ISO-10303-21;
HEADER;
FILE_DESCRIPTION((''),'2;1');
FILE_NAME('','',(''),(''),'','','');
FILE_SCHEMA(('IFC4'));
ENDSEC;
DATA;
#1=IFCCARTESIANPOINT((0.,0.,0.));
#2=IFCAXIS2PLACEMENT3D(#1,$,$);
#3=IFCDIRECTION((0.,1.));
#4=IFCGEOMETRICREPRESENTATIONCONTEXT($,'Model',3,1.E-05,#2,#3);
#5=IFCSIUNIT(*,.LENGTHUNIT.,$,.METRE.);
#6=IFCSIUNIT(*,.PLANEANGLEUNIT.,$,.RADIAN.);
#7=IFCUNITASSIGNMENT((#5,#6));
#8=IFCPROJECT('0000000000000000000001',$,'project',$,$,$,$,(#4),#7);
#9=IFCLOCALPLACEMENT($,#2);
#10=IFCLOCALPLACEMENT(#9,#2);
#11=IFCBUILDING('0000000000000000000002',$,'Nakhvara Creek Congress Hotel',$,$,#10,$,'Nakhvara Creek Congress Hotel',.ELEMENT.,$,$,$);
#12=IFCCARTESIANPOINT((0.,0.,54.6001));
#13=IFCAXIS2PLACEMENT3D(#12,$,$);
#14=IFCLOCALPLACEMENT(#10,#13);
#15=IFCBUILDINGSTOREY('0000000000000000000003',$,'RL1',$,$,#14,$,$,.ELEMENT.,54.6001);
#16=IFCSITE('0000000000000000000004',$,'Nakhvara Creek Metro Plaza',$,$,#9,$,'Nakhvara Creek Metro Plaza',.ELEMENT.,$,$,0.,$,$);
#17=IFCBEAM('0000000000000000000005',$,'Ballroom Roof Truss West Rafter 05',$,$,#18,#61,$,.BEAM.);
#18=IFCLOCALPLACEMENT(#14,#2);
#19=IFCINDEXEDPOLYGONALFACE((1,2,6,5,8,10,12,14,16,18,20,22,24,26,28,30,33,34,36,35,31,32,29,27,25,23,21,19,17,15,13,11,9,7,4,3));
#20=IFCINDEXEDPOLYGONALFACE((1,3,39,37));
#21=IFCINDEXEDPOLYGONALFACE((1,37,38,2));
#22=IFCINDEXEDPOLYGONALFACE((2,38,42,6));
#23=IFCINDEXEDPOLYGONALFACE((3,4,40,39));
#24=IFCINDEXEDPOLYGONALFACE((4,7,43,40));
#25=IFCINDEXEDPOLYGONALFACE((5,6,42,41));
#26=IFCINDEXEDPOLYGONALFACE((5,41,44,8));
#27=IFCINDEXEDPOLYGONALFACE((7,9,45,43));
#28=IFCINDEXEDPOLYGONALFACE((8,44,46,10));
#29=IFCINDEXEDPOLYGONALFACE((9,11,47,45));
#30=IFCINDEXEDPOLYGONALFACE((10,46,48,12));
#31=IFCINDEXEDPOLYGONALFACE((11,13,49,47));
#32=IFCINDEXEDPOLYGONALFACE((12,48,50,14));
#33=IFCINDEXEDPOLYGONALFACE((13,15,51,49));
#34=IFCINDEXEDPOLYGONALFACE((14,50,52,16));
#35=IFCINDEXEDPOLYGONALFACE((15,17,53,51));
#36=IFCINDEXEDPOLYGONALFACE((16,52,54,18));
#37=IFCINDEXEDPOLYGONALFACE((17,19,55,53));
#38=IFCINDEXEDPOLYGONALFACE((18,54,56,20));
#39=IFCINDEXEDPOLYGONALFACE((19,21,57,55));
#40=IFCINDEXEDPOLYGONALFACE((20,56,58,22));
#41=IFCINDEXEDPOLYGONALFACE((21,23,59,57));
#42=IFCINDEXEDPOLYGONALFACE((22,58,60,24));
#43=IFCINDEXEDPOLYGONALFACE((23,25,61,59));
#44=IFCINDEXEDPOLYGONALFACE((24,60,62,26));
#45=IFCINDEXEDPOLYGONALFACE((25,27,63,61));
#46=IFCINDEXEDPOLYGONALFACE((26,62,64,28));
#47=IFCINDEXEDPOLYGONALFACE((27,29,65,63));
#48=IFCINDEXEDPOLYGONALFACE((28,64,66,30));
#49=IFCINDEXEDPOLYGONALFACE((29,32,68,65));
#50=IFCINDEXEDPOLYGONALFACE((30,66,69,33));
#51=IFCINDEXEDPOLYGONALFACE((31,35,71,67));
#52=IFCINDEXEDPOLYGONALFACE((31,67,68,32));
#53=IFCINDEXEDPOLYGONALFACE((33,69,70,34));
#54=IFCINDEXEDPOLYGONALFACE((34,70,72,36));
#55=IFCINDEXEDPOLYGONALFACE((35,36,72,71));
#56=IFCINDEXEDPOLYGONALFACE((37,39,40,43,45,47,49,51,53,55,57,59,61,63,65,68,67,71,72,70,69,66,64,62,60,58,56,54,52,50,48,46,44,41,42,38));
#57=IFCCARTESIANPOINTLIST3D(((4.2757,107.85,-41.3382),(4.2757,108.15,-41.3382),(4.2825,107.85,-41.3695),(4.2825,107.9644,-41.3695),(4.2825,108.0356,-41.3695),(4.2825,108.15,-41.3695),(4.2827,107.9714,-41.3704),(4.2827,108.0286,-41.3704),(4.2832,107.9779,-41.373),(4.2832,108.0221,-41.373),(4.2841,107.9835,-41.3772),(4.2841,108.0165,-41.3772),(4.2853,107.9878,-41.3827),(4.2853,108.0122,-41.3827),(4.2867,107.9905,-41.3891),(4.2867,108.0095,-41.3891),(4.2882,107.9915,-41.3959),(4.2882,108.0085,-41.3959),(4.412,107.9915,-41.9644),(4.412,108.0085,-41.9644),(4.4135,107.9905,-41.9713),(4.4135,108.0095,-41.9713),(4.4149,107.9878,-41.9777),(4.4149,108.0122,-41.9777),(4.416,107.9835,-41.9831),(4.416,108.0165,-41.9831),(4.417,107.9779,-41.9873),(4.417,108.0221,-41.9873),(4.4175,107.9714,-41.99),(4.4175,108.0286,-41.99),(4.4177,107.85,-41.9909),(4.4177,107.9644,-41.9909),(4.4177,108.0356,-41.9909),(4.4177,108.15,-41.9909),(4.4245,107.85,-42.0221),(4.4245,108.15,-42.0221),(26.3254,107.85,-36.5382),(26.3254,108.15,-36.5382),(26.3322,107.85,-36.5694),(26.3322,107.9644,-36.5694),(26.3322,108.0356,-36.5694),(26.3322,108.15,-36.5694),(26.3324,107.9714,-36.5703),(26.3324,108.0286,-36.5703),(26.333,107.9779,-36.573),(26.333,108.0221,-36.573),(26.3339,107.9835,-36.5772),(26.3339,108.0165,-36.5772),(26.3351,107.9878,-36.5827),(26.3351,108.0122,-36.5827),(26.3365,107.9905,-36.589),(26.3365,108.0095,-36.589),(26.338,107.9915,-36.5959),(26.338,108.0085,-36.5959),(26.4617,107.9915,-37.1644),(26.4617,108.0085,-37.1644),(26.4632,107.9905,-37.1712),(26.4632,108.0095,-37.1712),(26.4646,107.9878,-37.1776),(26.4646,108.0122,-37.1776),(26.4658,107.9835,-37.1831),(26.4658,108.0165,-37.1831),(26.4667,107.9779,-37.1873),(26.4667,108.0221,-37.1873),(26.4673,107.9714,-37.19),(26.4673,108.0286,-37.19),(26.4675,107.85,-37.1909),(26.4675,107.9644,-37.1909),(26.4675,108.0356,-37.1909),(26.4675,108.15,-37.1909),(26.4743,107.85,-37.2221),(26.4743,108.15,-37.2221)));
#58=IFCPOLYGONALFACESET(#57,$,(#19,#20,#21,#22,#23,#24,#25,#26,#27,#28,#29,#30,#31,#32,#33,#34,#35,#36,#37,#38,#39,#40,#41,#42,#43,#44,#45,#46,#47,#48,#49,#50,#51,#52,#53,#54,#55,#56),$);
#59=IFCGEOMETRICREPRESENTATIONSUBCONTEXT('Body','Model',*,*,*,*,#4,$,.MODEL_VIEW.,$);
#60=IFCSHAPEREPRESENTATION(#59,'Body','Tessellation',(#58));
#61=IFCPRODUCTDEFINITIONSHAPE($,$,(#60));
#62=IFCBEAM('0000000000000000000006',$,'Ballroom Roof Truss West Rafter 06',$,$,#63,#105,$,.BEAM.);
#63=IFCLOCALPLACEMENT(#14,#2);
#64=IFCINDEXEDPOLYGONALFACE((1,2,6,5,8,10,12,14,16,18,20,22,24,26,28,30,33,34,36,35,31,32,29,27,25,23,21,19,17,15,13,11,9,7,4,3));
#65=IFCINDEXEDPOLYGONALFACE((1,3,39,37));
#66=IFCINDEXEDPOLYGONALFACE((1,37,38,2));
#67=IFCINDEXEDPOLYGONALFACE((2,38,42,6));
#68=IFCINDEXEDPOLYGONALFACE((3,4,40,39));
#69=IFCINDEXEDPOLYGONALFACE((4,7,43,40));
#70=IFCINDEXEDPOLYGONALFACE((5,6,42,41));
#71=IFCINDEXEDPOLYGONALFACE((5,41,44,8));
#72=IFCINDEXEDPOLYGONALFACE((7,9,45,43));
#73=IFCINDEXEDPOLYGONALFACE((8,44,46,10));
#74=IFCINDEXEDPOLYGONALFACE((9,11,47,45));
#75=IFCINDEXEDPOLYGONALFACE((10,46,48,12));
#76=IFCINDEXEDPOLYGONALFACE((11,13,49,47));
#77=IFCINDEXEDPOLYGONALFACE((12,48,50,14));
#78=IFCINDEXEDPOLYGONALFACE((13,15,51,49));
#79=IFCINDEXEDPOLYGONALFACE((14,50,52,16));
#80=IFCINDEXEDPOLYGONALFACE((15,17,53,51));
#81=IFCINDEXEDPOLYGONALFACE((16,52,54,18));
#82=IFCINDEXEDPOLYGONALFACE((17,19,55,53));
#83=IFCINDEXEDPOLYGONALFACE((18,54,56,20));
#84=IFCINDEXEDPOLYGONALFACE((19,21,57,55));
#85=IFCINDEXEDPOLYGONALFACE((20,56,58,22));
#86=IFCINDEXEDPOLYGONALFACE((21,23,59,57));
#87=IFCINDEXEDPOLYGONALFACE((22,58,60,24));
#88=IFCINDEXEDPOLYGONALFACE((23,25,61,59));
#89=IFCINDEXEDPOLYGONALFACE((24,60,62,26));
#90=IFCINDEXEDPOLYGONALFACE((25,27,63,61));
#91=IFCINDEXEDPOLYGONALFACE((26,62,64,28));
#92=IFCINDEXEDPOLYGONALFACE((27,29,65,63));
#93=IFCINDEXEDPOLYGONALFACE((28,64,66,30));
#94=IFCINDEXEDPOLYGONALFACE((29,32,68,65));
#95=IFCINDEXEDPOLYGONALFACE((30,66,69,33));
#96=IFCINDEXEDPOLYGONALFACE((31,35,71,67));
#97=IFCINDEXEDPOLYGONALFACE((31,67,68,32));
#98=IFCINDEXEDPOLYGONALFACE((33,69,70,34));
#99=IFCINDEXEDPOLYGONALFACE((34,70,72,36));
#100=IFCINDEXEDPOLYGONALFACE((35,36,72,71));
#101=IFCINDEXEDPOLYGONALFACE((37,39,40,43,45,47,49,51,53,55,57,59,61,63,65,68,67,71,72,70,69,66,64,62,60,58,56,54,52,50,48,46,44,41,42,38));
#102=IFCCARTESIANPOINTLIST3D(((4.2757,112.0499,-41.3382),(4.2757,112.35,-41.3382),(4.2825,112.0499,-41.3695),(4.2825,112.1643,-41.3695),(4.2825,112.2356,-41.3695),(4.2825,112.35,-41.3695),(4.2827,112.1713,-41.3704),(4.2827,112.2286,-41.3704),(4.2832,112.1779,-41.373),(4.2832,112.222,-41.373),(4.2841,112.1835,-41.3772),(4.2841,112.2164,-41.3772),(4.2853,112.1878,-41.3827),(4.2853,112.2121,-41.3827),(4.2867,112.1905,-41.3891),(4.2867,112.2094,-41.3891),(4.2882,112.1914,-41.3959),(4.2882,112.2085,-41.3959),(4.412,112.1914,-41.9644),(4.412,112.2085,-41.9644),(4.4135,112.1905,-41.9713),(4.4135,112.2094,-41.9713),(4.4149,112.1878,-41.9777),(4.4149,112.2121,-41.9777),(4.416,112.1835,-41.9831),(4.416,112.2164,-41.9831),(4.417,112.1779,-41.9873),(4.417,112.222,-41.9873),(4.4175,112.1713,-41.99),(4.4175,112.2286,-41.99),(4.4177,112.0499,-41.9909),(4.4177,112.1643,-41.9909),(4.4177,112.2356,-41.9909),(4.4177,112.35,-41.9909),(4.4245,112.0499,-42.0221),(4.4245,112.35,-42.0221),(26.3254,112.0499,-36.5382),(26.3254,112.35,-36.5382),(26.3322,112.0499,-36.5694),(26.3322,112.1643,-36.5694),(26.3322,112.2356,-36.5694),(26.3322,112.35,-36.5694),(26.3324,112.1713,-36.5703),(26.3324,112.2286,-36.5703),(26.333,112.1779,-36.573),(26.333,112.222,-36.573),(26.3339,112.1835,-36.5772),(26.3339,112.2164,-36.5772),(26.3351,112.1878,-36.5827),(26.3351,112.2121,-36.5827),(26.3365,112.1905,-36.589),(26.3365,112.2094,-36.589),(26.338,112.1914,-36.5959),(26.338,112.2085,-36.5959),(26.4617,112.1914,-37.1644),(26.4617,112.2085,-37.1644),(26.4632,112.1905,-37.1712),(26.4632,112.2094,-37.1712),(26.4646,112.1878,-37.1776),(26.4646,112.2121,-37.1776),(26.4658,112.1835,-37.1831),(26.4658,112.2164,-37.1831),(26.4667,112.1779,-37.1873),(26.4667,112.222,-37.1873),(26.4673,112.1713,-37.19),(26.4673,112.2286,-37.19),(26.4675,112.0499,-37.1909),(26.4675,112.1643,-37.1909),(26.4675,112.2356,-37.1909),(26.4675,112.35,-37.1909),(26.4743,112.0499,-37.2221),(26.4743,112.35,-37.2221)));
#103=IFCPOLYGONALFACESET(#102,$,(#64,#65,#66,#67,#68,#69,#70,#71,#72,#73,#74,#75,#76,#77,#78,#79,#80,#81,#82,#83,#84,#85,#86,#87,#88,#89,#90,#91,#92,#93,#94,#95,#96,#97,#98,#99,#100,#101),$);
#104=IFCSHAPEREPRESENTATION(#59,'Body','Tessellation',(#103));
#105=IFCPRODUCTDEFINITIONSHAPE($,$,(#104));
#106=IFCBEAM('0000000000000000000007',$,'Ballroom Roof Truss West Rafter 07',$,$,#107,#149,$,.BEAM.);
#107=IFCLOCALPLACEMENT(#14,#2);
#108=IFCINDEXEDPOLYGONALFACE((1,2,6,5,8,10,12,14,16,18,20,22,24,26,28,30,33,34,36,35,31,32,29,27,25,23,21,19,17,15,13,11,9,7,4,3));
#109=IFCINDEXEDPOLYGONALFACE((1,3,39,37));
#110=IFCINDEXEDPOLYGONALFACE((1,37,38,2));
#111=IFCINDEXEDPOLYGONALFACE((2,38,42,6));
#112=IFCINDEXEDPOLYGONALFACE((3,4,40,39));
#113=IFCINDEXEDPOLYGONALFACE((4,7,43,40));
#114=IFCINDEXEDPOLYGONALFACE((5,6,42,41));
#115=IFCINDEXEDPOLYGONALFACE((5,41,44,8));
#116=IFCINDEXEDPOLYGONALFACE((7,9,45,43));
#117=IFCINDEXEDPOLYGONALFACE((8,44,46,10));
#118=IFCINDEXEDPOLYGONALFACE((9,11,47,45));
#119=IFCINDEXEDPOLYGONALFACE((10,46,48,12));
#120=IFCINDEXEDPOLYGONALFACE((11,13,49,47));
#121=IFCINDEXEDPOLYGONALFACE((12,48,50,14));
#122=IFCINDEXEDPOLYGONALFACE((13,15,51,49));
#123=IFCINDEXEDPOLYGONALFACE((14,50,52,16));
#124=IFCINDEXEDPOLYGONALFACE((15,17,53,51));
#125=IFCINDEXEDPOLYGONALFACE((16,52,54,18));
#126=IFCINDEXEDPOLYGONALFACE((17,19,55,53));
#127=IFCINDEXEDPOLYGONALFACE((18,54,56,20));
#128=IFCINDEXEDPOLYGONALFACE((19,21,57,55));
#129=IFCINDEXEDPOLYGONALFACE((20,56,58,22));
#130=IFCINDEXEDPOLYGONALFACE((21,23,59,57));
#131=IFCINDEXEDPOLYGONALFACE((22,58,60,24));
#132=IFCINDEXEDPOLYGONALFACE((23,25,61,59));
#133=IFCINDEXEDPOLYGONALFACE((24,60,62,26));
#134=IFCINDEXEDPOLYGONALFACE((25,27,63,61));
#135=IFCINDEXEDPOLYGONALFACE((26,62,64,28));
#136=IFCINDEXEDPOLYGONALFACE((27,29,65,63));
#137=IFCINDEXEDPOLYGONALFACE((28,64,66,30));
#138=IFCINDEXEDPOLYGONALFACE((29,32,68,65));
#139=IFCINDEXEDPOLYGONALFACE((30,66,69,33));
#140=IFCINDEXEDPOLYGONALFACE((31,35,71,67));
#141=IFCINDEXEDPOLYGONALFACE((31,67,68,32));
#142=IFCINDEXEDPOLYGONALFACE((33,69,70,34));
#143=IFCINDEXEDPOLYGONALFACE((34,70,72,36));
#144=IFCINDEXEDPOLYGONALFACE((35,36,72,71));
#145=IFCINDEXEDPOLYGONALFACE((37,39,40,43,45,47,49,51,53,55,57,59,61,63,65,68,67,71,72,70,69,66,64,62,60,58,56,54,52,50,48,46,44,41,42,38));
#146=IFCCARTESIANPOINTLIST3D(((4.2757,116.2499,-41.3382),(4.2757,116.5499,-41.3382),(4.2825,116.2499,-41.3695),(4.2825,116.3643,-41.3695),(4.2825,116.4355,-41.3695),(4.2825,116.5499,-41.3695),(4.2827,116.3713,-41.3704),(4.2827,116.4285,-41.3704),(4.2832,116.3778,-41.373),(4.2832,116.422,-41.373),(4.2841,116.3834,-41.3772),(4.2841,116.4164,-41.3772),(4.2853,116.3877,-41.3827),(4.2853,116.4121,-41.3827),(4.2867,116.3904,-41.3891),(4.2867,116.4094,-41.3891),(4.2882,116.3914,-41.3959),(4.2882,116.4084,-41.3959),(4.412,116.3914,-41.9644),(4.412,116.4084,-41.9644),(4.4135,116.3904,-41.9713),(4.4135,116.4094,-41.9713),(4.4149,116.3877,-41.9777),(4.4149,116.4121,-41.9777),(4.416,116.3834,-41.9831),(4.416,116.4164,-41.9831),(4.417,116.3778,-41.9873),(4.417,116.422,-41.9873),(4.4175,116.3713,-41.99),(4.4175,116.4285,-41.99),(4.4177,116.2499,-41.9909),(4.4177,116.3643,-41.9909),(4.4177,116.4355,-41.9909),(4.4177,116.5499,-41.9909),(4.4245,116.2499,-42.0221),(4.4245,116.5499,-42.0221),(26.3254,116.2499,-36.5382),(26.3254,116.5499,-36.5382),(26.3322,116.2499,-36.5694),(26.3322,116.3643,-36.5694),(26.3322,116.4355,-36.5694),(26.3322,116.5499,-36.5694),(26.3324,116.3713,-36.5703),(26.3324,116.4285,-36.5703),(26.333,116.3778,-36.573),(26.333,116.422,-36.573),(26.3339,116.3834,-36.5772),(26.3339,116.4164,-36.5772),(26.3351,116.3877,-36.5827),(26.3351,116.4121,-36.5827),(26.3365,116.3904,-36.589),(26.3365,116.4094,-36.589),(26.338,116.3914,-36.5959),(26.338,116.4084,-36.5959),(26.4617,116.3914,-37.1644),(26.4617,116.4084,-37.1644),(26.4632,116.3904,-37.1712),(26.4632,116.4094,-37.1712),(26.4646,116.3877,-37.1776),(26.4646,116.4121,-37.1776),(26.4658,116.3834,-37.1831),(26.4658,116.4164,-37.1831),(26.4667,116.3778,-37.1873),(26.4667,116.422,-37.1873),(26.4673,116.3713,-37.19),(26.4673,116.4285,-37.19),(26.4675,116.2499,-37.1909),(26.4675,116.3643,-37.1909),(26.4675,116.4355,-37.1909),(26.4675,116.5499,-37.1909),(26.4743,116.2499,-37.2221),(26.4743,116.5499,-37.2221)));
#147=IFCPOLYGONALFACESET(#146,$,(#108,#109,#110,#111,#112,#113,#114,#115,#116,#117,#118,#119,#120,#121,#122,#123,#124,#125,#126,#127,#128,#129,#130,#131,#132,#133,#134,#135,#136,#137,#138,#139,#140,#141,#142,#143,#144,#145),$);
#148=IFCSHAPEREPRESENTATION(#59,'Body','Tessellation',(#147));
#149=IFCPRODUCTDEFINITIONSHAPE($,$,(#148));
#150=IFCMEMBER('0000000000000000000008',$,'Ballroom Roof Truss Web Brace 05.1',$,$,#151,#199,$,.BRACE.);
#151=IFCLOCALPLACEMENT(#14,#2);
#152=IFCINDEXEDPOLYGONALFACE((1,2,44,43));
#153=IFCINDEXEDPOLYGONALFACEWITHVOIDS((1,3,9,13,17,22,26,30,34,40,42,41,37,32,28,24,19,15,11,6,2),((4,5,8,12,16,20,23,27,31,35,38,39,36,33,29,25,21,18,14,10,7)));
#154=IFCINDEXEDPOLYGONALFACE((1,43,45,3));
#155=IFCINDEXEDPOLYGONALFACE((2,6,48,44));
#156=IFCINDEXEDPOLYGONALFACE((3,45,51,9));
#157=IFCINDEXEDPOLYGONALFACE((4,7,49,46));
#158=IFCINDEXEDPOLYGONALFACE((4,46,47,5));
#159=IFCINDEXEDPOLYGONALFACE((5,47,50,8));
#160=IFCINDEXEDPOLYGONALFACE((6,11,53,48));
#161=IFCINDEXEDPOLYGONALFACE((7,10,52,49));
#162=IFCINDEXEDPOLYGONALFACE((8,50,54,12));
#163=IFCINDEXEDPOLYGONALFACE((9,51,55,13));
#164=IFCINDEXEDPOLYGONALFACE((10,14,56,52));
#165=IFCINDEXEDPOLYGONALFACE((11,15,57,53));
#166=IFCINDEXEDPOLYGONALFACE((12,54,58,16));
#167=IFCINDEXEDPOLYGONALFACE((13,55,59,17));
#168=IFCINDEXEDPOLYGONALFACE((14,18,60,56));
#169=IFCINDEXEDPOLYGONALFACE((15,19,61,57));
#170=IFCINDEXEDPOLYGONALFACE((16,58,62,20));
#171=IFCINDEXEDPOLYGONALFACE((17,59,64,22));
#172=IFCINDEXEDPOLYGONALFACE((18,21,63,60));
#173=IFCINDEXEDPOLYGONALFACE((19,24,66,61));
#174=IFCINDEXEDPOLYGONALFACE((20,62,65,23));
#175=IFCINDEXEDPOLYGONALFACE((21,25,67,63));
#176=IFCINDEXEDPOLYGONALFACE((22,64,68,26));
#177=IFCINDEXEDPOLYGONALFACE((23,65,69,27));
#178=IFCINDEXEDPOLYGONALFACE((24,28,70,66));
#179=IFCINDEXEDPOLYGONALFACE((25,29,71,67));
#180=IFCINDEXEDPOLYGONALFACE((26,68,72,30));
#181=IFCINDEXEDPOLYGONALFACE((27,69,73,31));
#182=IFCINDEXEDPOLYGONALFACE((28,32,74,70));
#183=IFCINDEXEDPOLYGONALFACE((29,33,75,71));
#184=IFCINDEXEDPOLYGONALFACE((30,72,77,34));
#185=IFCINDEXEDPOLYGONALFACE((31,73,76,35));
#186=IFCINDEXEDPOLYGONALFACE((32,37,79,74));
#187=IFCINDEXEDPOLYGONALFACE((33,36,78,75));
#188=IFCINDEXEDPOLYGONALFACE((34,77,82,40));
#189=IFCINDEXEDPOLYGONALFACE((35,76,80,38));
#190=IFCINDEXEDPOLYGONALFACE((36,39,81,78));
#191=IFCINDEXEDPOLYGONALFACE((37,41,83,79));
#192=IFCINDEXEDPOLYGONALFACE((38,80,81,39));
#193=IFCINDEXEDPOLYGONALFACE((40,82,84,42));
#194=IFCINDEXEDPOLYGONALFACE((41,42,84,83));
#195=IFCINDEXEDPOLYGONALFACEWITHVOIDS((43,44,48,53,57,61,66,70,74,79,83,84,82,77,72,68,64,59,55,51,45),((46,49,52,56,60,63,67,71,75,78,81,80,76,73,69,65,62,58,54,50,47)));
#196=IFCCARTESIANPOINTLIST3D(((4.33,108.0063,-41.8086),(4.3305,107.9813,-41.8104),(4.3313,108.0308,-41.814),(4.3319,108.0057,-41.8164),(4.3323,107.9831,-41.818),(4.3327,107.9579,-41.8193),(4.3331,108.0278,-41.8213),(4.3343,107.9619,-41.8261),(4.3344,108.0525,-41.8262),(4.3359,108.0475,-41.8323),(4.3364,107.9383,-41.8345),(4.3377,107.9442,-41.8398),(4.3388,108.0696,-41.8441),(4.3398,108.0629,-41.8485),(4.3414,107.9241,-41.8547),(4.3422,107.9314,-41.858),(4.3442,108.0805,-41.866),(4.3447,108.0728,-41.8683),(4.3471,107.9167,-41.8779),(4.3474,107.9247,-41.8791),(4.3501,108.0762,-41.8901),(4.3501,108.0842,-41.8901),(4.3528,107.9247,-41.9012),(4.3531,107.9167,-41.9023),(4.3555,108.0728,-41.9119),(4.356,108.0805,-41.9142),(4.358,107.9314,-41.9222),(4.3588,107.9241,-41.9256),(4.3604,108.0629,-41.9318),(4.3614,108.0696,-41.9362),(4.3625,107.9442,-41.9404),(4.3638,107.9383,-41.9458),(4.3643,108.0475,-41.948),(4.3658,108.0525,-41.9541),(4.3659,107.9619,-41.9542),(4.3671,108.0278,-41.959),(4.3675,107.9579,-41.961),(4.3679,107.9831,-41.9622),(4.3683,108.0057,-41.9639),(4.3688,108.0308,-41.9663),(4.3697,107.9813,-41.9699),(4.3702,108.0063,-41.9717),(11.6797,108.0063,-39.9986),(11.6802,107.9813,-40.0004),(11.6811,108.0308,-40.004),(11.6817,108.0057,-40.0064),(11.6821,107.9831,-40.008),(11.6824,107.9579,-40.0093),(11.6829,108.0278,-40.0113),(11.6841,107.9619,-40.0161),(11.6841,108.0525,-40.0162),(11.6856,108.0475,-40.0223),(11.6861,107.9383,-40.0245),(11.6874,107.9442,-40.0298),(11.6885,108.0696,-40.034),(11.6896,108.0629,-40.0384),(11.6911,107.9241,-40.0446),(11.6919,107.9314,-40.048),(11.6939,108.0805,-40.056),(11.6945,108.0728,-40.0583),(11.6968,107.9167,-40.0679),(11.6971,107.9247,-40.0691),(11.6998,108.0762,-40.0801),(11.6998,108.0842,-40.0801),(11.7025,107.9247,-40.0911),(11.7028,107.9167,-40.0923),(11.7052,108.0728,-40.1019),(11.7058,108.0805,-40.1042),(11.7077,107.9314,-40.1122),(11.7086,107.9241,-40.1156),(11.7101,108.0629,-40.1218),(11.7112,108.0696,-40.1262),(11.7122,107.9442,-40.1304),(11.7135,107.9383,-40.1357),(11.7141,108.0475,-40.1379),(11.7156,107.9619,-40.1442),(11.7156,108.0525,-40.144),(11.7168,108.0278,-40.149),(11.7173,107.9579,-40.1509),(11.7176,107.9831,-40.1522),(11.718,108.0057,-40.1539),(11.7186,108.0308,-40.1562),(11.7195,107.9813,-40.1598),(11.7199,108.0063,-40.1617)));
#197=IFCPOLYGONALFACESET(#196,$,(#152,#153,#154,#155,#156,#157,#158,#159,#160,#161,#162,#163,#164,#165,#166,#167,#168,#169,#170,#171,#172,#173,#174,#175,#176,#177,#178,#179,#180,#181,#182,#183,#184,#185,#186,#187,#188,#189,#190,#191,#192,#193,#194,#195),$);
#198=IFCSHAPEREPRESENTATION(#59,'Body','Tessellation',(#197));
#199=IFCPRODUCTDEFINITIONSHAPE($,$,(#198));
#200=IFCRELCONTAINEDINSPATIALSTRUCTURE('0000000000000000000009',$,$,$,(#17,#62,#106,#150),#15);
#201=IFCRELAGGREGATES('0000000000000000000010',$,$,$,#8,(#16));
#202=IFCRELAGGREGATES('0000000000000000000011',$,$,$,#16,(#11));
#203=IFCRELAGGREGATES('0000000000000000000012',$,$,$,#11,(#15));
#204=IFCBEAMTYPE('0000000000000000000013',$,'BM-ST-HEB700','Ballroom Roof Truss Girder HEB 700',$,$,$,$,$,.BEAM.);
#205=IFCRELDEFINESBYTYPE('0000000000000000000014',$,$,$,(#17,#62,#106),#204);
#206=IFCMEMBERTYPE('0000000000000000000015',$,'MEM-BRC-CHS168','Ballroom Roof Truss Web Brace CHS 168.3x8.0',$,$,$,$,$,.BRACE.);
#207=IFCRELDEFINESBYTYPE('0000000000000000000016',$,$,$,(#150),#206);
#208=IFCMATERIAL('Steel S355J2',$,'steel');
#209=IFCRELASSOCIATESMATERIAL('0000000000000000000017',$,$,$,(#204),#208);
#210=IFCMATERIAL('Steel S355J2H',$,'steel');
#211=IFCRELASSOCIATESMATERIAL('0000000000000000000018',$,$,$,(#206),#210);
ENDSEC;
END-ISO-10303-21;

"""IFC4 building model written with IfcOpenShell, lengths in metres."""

from ifc_helpers import new_model, si_unit, direction, frame, origin, origin_2d, place, context, subcontext, project, spatial, hollow_circle, i_section, extrude, material, material_profile, profile_set, type_object, element, save


model = new_model("IFC4")

# Units and contexts
model_context = context("Model", 3, precision=1e-05, world=origin(), true_north=direction((0.0, 1.0)))
body_context = subcontext(model_context, "Body", "Model", "MODEL_VIEW")
ifc_project = project(units=[si_unit("LENGTHUNIT", "METRE"), si_unit("PLANEANGLEUNIT", "RADIAN")], contexts=[model_context])

# Site, building, storey
site_placement = place(None, origin())
site = spatial("IfcSite", under=ifc_project, at=site_placement, Name="Nakhvara Creek Metro Plaza", LongName="Nakhvara Creek Metro Plaza", CompositionType="ELEMENT", RefElevation=0.0)
building_placement = place(site_placement, origin())
building = spatial("IfcBuilding", under=site, at=building_placement, Name="Nakhvara Creek Congress Hotel", LongName="Nakhvara Creek Congress Hotel", CompositionType="ELEMENT")
storey_placement = place(building_placement, frame((0.0, 0.0, 54.6001)))
storey = spatial("IfcBuildingStorey", under=building, at=storey_placement, Name="RL1", CompositionType="ELEMENT", Elevation=54.6001)

# Beams
ifc_material_1 = material(Name="Steel S355J2", Category="steel")
ifc_material_profile_1 = material_profile(ifc_material_1, i_section(OverallWidth=0.3, OverallDepth=0.7, WebThickness=0.0171, FlangeThickness=0.032, FilletRadius=0.0271, at=origin_2d()), Name="HEB 700", Category="LoadBearing")
ifc_profile_set_1 = profile_set([ifc_material_profile_1], Name="Steel S355J2")
beam_type = type_object("IfcBeamType", Name="BM-ST-HEB700", Description="Ballroom Roof Truss Girder HEB 700", PredefinedType="BEAM", material=ifc_profile_set_1)
for number, where, z_axis, x_axis, name in (
    (1, (4.3501, 108.0, -41.6802), (0.977115, 0.0, 0.212709), (0.0, 1.0, 0.0), "Ballroom Roof Truss West Rafter 05"),
    (2, (4.3501, 112.2, -41.6802), (0.977115, 0.0, 0.212709), (0.0, 1.0, 0.0), "Ballroom Roof Truss West Rafter 06"),
    (3, (4.3501, 116.3999, -41.6802), (0.977115, 0.0, 0.212709), (0.0, 1.0, 0.0), "Ballroom Roof Truss West Rafter 07"),
):
    element("IfcBeam", number, at=place(storey_placement, frame(where, z_axis=z_axis, x_axis=x_axis)), inside=storey, type_object=beam_type, Name=name, PredefinedType="BEAM", context=body_context, shape_type="SweptSolid", body=[
        extrude(i_section(OverallWidth=0.3, OverallDepth=0.7, WebThickness=0.0171, FlangeThickness=0.032, FilletRadius=0.0271, at=origin_2d()), origin(), (0.0, 0.0, 1.0), 22.5662),
    ])

# Member
ifc_material_2 = material(Name="Steel S355J2H", Category="steel")
ifc_material_profile_2 = material_profile(ifc_material_2, hollow_circle(Radius=0.0842, WallThickness=0.0081, at=origin_2d()), Name="CHS 168.3x8.0", Category="LoadBearing")
ifc_profile_set_2 = profile_set([ifc_material_profile_2], Name="Steel S355J2H")
member_type_1 = type_object("IfcMemberType", Name="MEM-BRC-CHS168", Description="Ballroom Roof Truss Web Brace CHS 168.3x8.0", PredefinedType="BRACE", material=ifc_profile_set_2)
member_1_placement = place(storey_placement, frame((4.3501, 108.0, -41.8901), z_axis=(0.970988, 0.0, 0.239127), x_axis=(0.0, 1.0, 0.0)))
element("IfcMember", 4, at=member_1_placement, inside=storey, type_object=member_type_1, Name="Ballroom Roof Truss Web Brace 05.1", PredefinedType="BRACE", context=body_context, shape_type="SweptSolid", body=[
    extrude(hollow_circle(Radius=0.0842, WallThickness=0.0081, at=origin_2d()), origin(), (0.0, 0.0, 1.0), 7.5693),
])

save(model, "model.ifc")
